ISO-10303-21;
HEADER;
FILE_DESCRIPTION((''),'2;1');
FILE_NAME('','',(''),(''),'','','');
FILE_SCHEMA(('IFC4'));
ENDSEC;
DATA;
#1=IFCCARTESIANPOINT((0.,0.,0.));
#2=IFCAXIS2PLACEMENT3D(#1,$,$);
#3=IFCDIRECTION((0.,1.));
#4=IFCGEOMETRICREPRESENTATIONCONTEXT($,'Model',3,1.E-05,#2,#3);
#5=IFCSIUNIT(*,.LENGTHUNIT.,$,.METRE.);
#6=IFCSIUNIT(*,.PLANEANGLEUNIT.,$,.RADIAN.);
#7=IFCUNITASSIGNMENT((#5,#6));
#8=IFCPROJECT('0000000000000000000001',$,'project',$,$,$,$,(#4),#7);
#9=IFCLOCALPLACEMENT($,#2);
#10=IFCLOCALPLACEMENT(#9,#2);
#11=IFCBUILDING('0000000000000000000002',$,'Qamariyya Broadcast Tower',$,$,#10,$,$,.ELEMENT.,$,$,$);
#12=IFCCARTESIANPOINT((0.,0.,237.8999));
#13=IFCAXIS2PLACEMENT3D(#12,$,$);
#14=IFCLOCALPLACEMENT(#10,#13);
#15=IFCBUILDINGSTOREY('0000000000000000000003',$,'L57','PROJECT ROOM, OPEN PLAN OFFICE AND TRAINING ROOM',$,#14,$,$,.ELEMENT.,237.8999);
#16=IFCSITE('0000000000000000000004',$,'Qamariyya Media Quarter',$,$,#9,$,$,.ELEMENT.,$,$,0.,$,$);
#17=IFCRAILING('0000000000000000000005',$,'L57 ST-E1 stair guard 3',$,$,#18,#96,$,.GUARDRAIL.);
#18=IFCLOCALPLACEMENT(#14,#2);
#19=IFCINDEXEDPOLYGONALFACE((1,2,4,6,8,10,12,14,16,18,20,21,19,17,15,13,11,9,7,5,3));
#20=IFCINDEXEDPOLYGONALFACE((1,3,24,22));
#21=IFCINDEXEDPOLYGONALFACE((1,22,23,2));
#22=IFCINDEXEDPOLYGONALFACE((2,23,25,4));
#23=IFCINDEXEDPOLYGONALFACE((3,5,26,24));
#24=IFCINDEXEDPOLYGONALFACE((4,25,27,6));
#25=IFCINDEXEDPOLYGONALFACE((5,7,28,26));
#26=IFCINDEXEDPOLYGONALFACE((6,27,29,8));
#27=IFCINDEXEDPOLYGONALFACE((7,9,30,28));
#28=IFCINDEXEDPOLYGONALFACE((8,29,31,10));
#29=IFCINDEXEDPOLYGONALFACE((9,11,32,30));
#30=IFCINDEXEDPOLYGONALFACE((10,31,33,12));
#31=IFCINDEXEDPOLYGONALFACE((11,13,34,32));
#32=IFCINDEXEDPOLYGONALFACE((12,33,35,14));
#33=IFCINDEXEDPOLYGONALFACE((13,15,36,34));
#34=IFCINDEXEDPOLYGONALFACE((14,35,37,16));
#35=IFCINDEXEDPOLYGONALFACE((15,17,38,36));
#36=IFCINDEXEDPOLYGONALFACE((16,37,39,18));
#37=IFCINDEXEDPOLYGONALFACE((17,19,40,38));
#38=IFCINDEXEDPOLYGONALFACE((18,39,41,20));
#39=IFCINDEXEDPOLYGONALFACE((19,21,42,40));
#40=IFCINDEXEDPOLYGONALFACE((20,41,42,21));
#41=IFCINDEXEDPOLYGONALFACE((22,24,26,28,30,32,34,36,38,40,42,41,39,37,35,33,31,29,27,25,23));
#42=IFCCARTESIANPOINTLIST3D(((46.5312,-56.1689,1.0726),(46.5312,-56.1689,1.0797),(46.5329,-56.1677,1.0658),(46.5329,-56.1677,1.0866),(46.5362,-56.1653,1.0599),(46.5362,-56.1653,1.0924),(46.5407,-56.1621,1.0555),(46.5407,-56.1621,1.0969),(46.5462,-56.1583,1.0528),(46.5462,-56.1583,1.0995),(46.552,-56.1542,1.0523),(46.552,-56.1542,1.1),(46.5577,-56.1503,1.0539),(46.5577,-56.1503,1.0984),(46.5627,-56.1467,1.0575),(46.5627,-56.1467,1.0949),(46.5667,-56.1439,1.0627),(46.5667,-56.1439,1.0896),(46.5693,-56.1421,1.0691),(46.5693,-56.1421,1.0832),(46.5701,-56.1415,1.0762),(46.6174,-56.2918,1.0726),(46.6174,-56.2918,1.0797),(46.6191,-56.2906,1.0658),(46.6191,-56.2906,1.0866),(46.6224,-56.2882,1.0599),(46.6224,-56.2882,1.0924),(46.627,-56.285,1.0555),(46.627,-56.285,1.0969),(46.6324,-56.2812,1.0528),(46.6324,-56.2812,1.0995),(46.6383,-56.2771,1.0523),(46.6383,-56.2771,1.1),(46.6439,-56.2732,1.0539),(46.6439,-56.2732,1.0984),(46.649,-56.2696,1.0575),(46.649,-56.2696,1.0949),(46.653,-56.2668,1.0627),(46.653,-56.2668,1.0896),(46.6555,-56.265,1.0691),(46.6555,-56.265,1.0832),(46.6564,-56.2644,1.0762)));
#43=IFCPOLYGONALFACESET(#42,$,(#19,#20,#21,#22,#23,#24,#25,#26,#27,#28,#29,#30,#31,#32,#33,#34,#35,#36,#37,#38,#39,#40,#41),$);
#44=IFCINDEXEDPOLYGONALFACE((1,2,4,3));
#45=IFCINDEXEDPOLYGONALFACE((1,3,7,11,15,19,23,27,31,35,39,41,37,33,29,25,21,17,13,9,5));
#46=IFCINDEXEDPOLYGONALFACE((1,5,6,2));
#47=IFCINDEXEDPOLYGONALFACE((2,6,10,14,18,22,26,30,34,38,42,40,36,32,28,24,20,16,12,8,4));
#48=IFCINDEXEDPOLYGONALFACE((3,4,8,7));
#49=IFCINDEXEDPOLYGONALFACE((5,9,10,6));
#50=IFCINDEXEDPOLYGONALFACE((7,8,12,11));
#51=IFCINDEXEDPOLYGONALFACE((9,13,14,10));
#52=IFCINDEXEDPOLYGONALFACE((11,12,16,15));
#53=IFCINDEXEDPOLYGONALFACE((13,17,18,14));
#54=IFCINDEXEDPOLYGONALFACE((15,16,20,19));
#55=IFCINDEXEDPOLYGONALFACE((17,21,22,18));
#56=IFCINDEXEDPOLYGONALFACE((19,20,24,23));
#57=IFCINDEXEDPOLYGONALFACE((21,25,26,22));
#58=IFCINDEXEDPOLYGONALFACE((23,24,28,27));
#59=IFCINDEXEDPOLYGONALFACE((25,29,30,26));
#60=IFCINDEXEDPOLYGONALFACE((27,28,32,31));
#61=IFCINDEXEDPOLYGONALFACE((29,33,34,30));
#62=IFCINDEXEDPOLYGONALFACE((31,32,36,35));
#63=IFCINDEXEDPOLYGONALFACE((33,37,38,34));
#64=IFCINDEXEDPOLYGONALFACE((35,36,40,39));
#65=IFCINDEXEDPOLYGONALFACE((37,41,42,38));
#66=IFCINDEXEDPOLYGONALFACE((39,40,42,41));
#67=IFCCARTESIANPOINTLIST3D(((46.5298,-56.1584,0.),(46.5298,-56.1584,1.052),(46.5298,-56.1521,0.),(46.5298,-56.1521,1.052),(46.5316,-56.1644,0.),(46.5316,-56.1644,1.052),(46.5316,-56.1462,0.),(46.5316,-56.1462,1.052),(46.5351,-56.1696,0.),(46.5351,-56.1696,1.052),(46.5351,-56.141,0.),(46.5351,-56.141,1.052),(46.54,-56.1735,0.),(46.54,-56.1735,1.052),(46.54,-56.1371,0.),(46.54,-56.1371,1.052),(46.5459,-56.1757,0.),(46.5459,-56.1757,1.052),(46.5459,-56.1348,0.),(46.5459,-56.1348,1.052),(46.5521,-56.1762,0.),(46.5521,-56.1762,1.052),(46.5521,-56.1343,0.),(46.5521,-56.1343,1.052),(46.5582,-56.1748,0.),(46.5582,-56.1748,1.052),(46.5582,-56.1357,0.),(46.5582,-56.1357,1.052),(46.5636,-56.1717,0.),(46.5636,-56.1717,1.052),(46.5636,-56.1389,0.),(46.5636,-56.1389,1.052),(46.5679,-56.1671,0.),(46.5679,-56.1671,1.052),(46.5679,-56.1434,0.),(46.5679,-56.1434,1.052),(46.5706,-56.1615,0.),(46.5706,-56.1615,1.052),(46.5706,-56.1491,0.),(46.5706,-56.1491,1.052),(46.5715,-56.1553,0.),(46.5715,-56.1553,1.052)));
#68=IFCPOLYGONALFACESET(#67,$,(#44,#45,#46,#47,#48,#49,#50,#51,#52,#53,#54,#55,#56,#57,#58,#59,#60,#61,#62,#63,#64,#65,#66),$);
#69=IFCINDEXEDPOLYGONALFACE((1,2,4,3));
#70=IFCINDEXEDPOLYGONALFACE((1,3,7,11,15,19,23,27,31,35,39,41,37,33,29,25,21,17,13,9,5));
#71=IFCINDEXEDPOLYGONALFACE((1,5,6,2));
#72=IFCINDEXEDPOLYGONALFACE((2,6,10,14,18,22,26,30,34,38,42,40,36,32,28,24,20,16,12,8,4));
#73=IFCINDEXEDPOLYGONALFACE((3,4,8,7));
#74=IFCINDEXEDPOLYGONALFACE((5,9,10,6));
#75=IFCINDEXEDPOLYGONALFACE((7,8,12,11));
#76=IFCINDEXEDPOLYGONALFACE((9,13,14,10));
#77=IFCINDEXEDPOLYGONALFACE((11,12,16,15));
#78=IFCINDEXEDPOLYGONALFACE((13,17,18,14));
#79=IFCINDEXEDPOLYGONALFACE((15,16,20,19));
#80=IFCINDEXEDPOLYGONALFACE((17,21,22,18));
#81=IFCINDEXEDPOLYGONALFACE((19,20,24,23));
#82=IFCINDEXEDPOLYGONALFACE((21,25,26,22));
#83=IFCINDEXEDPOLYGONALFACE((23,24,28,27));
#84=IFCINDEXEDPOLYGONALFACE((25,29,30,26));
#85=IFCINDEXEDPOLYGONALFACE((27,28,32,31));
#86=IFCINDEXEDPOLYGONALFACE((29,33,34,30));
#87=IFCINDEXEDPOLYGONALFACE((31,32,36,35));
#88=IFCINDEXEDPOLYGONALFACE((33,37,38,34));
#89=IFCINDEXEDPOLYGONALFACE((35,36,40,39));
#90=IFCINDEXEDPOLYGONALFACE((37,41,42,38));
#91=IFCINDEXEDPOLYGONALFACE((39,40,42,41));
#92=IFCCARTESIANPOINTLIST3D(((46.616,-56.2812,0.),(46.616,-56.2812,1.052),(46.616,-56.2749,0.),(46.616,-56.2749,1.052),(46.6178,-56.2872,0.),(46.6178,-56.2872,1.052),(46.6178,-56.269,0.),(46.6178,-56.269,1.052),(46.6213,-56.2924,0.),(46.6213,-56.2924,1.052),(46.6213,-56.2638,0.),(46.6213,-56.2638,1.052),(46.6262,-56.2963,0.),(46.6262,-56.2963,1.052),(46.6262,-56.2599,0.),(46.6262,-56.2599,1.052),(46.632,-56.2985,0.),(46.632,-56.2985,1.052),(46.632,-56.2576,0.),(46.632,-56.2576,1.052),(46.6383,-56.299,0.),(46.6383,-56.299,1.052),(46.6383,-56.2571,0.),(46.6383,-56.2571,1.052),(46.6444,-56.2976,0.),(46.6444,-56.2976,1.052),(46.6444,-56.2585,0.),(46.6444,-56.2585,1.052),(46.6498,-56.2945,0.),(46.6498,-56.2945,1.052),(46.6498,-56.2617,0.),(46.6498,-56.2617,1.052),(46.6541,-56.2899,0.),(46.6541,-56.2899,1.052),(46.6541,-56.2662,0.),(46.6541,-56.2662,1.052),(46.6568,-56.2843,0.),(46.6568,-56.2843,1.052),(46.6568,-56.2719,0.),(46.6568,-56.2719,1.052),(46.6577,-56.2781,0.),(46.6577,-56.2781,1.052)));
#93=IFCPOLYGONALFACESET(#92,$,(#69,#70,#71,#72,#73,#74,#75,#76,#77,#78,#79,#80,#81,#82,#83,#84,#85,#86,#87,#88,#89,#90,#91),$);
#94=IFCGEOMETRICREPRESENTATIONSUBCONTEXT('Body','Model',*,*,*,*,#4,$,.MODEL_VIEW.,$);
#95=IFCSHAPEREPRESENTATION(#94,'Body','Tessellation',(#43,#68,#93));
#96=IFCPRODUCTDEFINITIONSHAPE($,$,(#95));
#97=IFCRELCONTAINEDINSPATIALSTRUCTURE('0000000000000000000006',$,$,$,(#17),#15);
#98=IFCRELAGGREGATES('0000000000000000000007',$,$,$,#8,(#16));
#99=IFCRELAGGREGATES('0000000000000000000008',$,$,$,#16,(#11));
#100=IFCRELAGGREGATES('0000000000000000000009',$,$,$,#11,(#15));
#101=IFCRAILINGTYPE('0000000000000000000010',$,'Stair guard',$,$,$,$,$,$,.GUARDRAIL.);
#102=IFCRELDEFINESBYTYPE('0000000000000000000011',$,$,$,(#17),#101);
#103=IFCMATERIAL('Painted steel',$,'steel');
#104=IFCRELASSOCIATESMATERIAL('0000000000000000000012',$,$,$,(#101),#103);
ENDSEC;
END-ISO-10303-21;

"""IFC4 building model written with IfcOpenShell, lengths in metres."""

from ifc_helpers import new_model, si_unit, direction, frame, origin, origin_2d, place, context, subcontext, project, spatial, circle, extrude, material, type_object, element, save


model = new_model("IFC4")

# Units and contexts
model_context = context("Model", 3, precision=1e-05, world=origin(), true_north=direction((0.0, 1.0)))
body_context = subcontext(model_context, "Body", "Model", "MODEL_VIEW")
ifc_project = project(units=[si_unit("LENGTHUNIT", "METRE"), si_unit("PLANEANGLEUNIT", "RADIAN")], contexts=[model_context])

# Site, building, storey
site_placement = place(None, origin())
site = spatial("IfcSite", under=ifc_project, at=site_placement, Name="Qamariyya Media Quarter", CompositionType="ELEMENT", RefElevation=0.0)
building_placement = place(site_placement, origin())
building = spatial("IfcBuilding", under=site, at=building_placement, Name="Qamariyya Broadcast Tower", CompositionType="ELEMENT")
storey_placement = place(building_placement, frame((0.0, 0.0, 237.8999)))
storey = spatial("IfcBuildingStorey", under=building, at=storey_placement, Name="L57", Description="PROJECT ROOM, OPEN PLAN OFFICE AND TRAINING ROOM", CompositionType="ELEMENT", Elevation=237.8999)

# Railing
ifc_material_1 = material(Name="Painted steel", Category="steel")
railing_type_1 = type_object("IfcRailingType", Name="Stair guard", PredefinedType="GUARDRAIL", material=ifc_material_1)
railing_1_placement = place(storey_placement, frame((46.5505, -56.1553, 0.0)))
element("IfcRailing", 1, at=railing_1_placement, inside=storey, type_object=railing_type_1, Name="L57 ST-E1 stair guard 3", PredefinedType="GUARDRAIL", context=body_context, shape_type="SweptSolid", body=[
    extrude(circle(Radius=0.0239, at=origin_2d()), frame((0.0, 0.0, 1.0762), z_axis=(0.574445, -0.818543, 0.0), x_axis=(0.818543, 0.574445, 0.0)), (0.0, 0.0, 1.0), 0.1501),
    extrude(circle(Radius=0.021, at=origin_2d()), origin(), (0.0, 0.0, 1.0), 1.052),
    extrude(circle(Radius=0.021, at=origin_2d()), frame((0.0862, -0.1228, 0.0)), (0.0, 0.0, 1.0), 1.052),
])

save(model, "model.ifc")
